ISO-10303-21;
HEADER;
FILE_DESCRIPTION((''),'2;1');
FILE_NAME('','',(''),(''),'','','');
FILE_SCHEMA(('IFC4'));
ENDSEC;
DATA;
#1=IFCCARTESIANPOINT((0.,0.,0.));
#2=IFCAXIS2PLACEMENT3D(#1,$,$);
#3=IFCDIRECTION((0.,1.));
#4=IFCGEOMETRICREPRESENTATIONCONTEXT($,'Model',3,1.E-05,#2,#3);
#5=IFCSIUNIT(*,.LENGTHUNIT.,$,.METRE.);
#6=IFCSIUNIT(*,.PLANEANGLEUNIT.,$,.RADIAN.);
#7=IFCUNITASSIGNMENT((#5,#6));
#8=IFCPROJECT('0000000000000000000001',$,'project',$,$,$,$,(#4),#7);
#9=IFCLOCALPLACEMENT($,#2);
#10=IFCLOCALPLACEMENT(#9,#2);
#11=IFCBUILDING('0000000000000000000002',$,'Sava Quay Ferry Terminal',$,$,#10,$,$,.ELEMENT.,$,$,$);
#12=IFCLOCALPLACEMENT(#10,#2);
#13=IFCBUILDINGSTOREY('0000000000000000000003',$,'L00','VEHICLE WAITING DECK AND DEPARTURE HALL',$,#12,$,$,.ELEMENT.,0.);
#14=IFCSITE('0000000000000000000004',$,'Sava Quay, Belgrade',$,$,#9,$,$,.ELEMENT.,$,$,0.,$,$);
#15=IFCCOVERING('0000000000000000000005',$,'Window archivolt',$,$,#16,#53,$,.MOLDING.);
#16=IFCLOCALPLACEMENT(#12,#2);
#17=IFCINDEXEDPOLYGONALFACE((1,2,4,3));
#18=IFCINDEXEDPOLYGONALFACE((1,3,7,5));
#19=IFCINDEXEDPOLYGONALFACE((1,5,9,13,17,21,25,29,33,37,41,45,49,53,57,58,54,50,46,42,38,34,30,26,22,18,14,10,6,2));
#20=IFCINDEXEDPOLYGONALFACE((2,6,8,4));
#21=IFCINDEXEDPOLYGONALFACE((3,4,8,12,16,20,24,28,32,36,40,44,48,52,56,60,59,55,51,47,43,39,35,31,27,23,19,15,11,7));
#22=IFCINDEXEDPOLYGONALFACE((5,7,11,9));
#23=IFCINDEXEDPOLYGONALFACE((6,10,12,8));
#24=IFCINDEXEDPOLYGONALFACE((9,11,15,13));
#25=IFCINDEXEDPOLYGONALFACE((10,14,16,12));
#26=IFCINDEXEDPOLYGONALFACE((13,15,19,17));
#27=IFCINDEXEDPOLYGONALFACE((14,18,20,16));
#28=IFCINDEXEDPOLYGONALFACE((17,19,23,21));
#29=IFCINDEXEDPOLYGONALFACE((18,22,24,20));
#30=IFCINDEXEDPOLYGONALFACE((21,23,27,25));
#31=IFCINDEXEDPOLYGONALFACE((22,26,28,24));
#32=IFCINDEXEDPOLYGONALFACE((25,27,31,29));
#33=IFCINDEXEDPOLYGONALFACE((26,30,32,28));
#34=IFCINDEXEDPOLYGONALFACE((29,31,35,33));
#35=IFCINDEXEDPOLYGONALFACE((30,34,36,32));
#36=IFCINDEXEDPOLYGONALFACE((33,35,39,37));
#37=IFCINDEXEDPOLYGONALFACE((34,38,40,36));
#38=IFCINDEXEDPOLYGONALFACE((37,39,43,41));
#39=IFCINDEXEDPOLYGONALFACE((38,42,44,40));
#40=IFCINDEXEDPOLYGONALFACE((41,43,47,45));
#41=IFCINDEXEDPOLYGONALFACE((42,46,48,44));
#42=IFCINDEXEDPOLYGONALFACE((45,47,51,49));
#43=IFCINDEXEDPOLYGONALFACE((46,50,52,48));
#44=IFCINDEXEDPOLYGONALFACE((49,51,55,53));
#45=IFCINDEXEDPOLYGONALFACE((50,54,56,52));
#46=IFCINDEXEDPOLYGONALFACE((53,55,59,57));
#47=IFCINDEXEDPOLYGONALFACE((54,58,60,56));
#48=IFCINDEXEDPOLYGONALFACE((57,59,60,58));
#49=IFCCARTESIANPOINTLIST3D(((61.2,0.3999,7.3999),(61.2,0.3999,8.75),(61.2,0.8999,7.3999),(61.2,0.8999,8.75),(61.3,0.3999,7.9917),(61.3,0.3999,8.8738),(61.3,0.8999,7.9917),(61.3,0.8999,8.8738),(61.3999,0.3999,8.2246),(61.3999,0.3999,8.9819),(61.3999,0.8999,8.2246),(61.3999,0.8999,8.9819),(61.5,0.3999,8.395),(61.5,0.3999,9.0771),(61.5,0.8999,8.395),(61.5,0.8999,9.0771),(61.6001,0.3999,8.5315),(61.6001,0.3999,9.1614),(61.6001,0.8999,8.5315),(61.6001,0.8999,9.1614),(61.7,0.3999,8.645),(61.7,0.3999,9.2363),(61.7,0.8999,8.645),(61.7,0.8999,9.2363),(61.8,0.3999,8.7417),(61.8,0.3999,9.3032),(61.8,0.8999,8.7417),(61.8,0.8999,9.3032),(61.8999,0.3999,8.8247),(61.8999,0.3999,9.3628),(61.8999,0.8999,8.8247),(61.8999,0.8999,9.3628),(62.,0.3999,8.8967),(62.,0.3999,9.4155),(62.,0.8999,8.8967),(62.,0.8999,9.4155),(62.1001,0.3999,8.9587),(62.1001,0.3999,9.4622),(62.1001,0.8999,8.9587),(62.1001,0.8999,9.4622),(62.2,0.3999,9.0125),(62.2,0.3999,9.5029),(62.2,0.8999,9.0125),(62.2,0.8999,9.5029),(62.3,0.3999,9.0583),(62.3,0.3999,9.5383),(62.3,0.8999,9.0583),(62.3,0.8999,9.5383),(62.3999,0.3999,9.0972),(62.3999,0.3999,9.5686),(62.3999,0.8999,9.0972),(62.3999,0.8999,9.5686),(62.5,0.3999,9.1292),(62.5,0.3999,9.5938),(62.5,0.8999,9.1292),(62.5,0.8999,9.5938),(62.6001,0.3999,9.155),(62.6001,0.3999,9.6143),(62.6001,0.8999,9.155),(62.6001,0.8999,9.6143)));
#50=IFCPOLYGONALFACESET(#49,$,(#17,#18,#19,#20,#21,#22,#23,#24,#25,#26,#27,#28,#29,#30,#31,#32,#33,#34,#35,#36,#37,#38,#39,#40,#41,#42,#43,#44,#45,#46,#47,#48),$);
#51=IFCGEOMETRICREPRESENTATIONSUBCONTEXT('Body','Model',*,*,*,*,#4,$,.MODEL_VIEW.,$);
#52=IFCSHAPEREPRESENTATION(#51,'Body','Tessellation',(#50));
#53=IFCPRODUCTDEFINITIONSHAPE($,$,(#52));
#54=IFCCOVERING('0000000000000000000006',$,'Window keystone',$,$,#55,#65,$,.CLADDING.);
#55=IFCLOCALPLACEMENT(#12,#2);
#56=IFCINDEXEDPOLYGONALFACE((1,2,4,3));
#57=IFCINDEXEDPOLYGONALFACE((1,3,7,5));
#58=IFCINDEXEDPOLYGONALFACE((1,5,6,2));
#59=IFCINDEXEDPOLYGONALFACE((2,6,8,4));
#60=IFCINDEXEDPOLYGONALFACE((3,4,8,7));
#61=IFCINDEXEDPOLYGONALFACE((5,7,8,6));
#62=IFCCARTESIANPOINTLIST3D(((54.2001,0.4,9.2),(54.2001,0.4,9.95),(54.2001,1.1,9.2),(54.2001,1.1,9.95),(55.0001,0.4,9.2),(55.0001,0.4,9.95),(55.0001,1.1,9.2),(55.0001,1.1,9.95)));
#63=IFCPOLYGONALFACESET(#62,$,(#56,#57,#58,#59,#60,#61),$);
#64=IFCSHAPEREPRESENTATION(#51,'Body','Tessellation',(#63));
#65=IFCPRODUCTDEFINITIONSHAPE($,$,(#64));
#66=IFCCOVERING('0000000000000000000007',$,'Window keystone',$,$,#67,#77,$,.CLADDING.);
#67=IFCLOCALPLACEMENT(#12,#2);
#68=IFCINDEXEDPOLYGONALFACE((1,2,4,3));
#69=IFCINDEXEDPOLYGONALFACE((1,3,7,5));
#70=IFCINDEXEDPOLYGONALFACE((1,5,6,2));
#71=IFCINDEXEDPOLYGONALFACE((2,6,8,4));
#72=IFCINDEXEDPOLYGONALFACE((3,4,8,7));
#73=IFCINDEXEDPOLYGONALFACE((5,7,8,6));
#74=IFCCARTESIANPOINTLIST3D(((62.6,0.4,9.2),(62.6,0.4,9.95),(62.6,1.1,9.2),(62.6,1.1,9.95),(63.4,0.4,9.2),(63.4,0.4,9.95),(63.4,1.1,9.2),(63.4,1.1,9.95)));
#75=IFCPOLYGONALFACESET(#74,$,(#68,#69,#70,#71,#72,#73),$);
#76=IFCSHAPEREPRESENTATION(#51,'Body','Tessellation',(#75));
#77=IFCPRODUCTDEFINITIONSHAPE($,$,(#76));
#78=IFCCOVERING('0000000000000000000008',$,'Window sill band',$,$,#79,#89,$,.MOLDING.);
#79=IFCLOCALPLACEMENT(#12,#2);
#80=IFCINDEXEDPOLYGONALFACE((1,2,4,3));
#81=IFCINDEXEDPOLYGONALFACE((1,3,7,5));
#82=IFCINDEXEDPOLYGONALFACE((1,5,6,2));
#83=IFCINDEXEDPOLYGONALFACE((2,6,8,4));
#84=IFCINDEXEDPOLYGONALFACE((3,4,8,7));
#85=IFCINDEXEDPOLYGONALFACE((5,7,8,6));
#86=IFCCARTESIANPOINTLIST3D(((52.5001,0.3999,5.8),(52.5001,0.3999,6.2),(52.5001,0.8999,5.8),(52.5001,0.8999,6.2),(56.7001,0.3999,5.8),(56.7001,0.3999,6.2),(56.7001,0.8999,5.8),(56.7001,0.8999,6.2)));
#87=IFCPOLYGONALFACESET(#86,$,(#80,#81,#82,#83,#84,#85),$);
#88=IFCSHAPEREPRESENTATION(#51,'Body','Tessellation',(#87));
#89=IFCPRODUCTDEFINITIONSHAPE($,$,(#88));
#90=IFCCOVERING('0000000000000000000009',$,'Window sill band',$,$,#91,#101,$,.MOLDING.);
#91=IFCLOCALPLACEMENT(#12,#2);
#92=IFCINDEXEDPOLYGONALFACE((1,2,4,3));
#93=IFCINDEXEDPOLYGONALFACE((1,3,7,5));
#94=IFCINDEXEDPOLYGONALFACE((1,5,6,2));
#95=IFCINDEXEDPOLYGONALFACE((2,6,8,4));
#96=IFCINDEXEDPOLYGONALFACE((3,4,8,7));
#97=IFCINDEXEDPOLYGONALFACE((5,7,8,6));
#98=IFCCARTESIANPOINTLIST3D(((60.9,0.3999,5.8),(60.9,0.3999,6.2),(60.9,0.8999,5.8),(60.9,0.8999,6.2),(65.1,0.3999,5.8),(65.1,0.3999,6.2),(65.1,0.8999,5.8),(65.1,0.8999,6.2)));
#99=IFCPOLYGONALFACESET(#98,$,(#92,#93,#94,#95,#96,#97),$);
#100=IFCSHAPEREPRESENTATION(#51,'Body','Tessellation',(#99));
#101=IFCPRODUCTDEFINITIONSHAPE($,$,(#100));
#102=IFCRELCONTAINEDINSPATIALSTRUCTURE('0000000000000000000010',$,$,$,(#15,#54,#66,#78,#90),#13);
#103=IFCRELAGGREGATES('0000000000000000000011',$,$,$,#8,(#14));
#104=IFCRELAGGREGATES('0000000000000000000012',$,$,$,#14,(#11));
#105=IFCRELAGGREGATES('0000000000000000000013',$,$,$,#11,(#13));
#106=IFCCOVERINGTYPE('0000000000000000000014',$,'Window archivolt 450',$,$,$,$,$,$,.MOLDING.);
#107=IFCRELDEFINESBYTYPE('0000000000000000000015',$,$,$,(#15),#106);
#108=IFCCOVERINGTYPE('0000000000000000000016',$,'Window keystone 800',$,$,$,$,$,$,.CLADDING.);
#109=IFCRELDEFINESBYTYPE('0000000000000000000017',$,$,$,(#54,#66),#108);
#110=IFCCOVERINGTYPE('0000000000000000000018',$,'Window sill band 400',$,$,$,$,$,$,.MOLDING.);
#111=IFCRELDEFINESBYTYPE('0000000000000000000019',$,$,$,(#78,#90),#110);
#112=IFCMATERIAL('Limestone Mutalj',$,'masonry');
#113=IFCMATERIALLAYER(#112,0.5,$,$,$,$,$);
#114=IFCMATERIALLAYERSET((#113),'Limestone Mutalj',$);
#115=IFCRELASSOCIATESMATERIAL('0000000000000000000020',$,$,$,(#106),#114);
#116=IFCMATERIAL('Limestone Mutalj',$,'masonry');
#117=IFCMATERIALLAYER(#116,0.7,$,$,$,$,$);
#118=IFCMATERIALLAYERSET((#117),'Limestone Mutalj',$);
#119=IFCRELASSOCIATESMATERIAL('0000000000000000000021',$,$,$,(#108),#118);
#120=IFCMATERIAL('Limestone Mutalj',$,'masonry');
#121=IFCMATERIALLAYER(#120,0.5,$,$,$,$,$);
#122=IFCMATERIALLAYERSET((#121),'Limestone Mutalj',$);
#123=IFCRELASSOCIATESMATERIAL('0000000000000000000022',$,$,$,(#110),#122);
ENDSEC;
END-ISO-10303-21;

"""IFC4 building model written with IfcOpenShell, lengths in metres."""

from ifc_helpers import new_model, si_unit, direction, frame, origin, origin_2d, place, context, subcontext, project, spatial, polyline, rectangle, outline, extrude, material, layer, layer_set, type_object, element, save


model = new_model("IFC4")

# Units and contexts
model_context = context("Model", 3, precision=1e-05, world=origin(), true_north=direction((0.0, 1.0)))
body_context = subcontext(model_context, "Body", "Model", "MODEL_VIEW")
ifc_project = project(units=[si_unit("LENGTHUNIT", "METRE"), si_unit("PLANEANGLEUNIT", "RADIAN")], contexts=[model_context])

# Site, building, storey
site_placement = place(None, origin())
site = spatial("IfcSite", under=ifc_project, at=site_placement, Name="Sava Quay, Belgrade", CompositionType="ELEMENT", RefElevation=0.0)
building_placement = place(site_placement, origin())
building = spatial("IfcBuilding", under=site, at=building_placement, Name="Sava Quay Ferry Terminal", CompositionType="ELEMENT")
storey_placement = place(building_placement, origin())
storey = spatial("IfcBuildingStorey", under=building, at=storey_placement, Name="L00", Description="VEHICLE WAITING DECK AND DEPARTURE HALL", CompositionType="ELEMENT", Elevation=0.0)

# Coverings
ifc_material_1 = material(Name="Limestone Mutalj", Category="masonry")
ifc_layer_1 = layer(ifc_material_1, 0.5)
ifc_layer_set_1 = layer_set([ifc_layer_1], Name="Limestone Mutalj")
covering_type_1 = type_object("IfcCoveringType", Name="Window archivolt 450", PredefinedType="MOLDING", material=ifc_layer_set_1)
covering_1_placement = place(storey_placement, frame((61.2, 0.3999, 7.3999), z_axis=(0.0, -1.0, 0.0), x_axis=(0.166773, 0.0, 0.985995)))
element("IfcCovering", 1, at=covering_1_placement, inside=storey, type_object=covering_type_1, Name="Window archivolt", PredefinedType="MOLDING", context=body_context, shape_type="SweptSolid", body=[
    extrude(outline(polyline([(0.0, 0.0), (0.6002, 0.0), (0.8465, -0.0596), (1.0312, -0.1299), (1.1825, -0.2058), (1.3111, -0.2853), (1.4231, -0.3679), (1.5216, -0.4525), (1.6093, -0.5392), (1.6871, -0.6276), (1.7567, -0.7171), (1.8187, -0.8081), (1.8736, -0.9001), (1.9218, -0.9934), (1.9641, -1.0878), (2.4169, -1.0112), (2.3799, -0.916), (2.3384, -0.8215), (2.2919, -0.7281), (2.2403, -0.6353), (2.1835, -0.5436), (2.1208, -0.4527), (2.0521, -0.3628), (1.9767, -0.2743), (1.8941, -0.1867), (1.8035, -0.1008), (1.7038, -0.0161), (1.5932, 0.0667), (1.4699, 0.1471), (1.3312, 0.2252), (0.0, 0.0)])), origin(), (0.0, 0.0, -1.0), 0.5),
])
ifc_material_2 = material(Name="Limestone Mutalj", Category="masonry")
ifc_layer_2 = layer(ifc_material_2, 0.7)
ifc_layer_set_2 = layer_set([ifc_layer_2], Name="Limestone Mutalj")
covering_type_2 = type_object("IfcCoveringType", Name="Window keystone 800", PredefinedType="CLADDING", material=ifc_layer_set_2)
for number, where, z_axis, x_axis, name in (
    (2, (54.6001, 0.75, 9.2), (0.0, 0.0, 1.0), (1.0, 0.0, 0.0), "Window keystone"),
    (3, (63.0, 0.75, 9.2), (0.0, 0.0, 1.0), (1.0, 0.0, 0.0), "Window keystone"),
):
    element("IfcCovering", number, at=place(storey_placement, frame(where, z_axis=z_axis, x_axis=x_axis)), inside=storey, type_object=covering_type_2, Name=name, PredefinedType="CLADDING", context=body_context, shape_type="SweptSolid", body=[
        extrude(rectangle(XDim=0.8, YDim=0.7, at=origin_2d()), origin(), (0.0, 0.0, 1.0), 0.75),
    ])
ifc_material_3 = material(Name="Limestone Mutalj", Category="masonry")
ifc_layer_3 = layer(ifc_material_3, 0.5)
ifc_layer_set_3 = layer_set([ifc_layer_3], Name="Limestone Mutalj")
covering_type_3 = type_object("IfcCoveringType", Name="Window sill band 400", PredefinedType="MOLDING", material=ifc_layer_set_3)
for number, where, z_axis, x_axis, name in (
    (4, (54.6001, 0.6499, 5.8), (0.0, 0.0, 1.0), (1.0, 0.0, 0.0), "Window sill band"),
    (5, (63.0, 0.6499, 5.8), (0.0, 0.0, 1.0), (1.0, 0.0, 0.0), "Window sill band"),
):
    element("IfcCovering", number, at=place(storey_placement, frame(where, z_axis=z_axis, x_axis=x_axis)), inside=storey, type_object=covering_type_3, Name=name, PredefinedType="MOLDING", context=body_context, shape_type="SweptSolid", body=[
        extrude(rectangle(XDim=4.2, YDim=0.5, at=origin_2d()), origin(), (0.0, 0.0, 1.0), 0.3999),
    ])

save(model, "model.ifc")
